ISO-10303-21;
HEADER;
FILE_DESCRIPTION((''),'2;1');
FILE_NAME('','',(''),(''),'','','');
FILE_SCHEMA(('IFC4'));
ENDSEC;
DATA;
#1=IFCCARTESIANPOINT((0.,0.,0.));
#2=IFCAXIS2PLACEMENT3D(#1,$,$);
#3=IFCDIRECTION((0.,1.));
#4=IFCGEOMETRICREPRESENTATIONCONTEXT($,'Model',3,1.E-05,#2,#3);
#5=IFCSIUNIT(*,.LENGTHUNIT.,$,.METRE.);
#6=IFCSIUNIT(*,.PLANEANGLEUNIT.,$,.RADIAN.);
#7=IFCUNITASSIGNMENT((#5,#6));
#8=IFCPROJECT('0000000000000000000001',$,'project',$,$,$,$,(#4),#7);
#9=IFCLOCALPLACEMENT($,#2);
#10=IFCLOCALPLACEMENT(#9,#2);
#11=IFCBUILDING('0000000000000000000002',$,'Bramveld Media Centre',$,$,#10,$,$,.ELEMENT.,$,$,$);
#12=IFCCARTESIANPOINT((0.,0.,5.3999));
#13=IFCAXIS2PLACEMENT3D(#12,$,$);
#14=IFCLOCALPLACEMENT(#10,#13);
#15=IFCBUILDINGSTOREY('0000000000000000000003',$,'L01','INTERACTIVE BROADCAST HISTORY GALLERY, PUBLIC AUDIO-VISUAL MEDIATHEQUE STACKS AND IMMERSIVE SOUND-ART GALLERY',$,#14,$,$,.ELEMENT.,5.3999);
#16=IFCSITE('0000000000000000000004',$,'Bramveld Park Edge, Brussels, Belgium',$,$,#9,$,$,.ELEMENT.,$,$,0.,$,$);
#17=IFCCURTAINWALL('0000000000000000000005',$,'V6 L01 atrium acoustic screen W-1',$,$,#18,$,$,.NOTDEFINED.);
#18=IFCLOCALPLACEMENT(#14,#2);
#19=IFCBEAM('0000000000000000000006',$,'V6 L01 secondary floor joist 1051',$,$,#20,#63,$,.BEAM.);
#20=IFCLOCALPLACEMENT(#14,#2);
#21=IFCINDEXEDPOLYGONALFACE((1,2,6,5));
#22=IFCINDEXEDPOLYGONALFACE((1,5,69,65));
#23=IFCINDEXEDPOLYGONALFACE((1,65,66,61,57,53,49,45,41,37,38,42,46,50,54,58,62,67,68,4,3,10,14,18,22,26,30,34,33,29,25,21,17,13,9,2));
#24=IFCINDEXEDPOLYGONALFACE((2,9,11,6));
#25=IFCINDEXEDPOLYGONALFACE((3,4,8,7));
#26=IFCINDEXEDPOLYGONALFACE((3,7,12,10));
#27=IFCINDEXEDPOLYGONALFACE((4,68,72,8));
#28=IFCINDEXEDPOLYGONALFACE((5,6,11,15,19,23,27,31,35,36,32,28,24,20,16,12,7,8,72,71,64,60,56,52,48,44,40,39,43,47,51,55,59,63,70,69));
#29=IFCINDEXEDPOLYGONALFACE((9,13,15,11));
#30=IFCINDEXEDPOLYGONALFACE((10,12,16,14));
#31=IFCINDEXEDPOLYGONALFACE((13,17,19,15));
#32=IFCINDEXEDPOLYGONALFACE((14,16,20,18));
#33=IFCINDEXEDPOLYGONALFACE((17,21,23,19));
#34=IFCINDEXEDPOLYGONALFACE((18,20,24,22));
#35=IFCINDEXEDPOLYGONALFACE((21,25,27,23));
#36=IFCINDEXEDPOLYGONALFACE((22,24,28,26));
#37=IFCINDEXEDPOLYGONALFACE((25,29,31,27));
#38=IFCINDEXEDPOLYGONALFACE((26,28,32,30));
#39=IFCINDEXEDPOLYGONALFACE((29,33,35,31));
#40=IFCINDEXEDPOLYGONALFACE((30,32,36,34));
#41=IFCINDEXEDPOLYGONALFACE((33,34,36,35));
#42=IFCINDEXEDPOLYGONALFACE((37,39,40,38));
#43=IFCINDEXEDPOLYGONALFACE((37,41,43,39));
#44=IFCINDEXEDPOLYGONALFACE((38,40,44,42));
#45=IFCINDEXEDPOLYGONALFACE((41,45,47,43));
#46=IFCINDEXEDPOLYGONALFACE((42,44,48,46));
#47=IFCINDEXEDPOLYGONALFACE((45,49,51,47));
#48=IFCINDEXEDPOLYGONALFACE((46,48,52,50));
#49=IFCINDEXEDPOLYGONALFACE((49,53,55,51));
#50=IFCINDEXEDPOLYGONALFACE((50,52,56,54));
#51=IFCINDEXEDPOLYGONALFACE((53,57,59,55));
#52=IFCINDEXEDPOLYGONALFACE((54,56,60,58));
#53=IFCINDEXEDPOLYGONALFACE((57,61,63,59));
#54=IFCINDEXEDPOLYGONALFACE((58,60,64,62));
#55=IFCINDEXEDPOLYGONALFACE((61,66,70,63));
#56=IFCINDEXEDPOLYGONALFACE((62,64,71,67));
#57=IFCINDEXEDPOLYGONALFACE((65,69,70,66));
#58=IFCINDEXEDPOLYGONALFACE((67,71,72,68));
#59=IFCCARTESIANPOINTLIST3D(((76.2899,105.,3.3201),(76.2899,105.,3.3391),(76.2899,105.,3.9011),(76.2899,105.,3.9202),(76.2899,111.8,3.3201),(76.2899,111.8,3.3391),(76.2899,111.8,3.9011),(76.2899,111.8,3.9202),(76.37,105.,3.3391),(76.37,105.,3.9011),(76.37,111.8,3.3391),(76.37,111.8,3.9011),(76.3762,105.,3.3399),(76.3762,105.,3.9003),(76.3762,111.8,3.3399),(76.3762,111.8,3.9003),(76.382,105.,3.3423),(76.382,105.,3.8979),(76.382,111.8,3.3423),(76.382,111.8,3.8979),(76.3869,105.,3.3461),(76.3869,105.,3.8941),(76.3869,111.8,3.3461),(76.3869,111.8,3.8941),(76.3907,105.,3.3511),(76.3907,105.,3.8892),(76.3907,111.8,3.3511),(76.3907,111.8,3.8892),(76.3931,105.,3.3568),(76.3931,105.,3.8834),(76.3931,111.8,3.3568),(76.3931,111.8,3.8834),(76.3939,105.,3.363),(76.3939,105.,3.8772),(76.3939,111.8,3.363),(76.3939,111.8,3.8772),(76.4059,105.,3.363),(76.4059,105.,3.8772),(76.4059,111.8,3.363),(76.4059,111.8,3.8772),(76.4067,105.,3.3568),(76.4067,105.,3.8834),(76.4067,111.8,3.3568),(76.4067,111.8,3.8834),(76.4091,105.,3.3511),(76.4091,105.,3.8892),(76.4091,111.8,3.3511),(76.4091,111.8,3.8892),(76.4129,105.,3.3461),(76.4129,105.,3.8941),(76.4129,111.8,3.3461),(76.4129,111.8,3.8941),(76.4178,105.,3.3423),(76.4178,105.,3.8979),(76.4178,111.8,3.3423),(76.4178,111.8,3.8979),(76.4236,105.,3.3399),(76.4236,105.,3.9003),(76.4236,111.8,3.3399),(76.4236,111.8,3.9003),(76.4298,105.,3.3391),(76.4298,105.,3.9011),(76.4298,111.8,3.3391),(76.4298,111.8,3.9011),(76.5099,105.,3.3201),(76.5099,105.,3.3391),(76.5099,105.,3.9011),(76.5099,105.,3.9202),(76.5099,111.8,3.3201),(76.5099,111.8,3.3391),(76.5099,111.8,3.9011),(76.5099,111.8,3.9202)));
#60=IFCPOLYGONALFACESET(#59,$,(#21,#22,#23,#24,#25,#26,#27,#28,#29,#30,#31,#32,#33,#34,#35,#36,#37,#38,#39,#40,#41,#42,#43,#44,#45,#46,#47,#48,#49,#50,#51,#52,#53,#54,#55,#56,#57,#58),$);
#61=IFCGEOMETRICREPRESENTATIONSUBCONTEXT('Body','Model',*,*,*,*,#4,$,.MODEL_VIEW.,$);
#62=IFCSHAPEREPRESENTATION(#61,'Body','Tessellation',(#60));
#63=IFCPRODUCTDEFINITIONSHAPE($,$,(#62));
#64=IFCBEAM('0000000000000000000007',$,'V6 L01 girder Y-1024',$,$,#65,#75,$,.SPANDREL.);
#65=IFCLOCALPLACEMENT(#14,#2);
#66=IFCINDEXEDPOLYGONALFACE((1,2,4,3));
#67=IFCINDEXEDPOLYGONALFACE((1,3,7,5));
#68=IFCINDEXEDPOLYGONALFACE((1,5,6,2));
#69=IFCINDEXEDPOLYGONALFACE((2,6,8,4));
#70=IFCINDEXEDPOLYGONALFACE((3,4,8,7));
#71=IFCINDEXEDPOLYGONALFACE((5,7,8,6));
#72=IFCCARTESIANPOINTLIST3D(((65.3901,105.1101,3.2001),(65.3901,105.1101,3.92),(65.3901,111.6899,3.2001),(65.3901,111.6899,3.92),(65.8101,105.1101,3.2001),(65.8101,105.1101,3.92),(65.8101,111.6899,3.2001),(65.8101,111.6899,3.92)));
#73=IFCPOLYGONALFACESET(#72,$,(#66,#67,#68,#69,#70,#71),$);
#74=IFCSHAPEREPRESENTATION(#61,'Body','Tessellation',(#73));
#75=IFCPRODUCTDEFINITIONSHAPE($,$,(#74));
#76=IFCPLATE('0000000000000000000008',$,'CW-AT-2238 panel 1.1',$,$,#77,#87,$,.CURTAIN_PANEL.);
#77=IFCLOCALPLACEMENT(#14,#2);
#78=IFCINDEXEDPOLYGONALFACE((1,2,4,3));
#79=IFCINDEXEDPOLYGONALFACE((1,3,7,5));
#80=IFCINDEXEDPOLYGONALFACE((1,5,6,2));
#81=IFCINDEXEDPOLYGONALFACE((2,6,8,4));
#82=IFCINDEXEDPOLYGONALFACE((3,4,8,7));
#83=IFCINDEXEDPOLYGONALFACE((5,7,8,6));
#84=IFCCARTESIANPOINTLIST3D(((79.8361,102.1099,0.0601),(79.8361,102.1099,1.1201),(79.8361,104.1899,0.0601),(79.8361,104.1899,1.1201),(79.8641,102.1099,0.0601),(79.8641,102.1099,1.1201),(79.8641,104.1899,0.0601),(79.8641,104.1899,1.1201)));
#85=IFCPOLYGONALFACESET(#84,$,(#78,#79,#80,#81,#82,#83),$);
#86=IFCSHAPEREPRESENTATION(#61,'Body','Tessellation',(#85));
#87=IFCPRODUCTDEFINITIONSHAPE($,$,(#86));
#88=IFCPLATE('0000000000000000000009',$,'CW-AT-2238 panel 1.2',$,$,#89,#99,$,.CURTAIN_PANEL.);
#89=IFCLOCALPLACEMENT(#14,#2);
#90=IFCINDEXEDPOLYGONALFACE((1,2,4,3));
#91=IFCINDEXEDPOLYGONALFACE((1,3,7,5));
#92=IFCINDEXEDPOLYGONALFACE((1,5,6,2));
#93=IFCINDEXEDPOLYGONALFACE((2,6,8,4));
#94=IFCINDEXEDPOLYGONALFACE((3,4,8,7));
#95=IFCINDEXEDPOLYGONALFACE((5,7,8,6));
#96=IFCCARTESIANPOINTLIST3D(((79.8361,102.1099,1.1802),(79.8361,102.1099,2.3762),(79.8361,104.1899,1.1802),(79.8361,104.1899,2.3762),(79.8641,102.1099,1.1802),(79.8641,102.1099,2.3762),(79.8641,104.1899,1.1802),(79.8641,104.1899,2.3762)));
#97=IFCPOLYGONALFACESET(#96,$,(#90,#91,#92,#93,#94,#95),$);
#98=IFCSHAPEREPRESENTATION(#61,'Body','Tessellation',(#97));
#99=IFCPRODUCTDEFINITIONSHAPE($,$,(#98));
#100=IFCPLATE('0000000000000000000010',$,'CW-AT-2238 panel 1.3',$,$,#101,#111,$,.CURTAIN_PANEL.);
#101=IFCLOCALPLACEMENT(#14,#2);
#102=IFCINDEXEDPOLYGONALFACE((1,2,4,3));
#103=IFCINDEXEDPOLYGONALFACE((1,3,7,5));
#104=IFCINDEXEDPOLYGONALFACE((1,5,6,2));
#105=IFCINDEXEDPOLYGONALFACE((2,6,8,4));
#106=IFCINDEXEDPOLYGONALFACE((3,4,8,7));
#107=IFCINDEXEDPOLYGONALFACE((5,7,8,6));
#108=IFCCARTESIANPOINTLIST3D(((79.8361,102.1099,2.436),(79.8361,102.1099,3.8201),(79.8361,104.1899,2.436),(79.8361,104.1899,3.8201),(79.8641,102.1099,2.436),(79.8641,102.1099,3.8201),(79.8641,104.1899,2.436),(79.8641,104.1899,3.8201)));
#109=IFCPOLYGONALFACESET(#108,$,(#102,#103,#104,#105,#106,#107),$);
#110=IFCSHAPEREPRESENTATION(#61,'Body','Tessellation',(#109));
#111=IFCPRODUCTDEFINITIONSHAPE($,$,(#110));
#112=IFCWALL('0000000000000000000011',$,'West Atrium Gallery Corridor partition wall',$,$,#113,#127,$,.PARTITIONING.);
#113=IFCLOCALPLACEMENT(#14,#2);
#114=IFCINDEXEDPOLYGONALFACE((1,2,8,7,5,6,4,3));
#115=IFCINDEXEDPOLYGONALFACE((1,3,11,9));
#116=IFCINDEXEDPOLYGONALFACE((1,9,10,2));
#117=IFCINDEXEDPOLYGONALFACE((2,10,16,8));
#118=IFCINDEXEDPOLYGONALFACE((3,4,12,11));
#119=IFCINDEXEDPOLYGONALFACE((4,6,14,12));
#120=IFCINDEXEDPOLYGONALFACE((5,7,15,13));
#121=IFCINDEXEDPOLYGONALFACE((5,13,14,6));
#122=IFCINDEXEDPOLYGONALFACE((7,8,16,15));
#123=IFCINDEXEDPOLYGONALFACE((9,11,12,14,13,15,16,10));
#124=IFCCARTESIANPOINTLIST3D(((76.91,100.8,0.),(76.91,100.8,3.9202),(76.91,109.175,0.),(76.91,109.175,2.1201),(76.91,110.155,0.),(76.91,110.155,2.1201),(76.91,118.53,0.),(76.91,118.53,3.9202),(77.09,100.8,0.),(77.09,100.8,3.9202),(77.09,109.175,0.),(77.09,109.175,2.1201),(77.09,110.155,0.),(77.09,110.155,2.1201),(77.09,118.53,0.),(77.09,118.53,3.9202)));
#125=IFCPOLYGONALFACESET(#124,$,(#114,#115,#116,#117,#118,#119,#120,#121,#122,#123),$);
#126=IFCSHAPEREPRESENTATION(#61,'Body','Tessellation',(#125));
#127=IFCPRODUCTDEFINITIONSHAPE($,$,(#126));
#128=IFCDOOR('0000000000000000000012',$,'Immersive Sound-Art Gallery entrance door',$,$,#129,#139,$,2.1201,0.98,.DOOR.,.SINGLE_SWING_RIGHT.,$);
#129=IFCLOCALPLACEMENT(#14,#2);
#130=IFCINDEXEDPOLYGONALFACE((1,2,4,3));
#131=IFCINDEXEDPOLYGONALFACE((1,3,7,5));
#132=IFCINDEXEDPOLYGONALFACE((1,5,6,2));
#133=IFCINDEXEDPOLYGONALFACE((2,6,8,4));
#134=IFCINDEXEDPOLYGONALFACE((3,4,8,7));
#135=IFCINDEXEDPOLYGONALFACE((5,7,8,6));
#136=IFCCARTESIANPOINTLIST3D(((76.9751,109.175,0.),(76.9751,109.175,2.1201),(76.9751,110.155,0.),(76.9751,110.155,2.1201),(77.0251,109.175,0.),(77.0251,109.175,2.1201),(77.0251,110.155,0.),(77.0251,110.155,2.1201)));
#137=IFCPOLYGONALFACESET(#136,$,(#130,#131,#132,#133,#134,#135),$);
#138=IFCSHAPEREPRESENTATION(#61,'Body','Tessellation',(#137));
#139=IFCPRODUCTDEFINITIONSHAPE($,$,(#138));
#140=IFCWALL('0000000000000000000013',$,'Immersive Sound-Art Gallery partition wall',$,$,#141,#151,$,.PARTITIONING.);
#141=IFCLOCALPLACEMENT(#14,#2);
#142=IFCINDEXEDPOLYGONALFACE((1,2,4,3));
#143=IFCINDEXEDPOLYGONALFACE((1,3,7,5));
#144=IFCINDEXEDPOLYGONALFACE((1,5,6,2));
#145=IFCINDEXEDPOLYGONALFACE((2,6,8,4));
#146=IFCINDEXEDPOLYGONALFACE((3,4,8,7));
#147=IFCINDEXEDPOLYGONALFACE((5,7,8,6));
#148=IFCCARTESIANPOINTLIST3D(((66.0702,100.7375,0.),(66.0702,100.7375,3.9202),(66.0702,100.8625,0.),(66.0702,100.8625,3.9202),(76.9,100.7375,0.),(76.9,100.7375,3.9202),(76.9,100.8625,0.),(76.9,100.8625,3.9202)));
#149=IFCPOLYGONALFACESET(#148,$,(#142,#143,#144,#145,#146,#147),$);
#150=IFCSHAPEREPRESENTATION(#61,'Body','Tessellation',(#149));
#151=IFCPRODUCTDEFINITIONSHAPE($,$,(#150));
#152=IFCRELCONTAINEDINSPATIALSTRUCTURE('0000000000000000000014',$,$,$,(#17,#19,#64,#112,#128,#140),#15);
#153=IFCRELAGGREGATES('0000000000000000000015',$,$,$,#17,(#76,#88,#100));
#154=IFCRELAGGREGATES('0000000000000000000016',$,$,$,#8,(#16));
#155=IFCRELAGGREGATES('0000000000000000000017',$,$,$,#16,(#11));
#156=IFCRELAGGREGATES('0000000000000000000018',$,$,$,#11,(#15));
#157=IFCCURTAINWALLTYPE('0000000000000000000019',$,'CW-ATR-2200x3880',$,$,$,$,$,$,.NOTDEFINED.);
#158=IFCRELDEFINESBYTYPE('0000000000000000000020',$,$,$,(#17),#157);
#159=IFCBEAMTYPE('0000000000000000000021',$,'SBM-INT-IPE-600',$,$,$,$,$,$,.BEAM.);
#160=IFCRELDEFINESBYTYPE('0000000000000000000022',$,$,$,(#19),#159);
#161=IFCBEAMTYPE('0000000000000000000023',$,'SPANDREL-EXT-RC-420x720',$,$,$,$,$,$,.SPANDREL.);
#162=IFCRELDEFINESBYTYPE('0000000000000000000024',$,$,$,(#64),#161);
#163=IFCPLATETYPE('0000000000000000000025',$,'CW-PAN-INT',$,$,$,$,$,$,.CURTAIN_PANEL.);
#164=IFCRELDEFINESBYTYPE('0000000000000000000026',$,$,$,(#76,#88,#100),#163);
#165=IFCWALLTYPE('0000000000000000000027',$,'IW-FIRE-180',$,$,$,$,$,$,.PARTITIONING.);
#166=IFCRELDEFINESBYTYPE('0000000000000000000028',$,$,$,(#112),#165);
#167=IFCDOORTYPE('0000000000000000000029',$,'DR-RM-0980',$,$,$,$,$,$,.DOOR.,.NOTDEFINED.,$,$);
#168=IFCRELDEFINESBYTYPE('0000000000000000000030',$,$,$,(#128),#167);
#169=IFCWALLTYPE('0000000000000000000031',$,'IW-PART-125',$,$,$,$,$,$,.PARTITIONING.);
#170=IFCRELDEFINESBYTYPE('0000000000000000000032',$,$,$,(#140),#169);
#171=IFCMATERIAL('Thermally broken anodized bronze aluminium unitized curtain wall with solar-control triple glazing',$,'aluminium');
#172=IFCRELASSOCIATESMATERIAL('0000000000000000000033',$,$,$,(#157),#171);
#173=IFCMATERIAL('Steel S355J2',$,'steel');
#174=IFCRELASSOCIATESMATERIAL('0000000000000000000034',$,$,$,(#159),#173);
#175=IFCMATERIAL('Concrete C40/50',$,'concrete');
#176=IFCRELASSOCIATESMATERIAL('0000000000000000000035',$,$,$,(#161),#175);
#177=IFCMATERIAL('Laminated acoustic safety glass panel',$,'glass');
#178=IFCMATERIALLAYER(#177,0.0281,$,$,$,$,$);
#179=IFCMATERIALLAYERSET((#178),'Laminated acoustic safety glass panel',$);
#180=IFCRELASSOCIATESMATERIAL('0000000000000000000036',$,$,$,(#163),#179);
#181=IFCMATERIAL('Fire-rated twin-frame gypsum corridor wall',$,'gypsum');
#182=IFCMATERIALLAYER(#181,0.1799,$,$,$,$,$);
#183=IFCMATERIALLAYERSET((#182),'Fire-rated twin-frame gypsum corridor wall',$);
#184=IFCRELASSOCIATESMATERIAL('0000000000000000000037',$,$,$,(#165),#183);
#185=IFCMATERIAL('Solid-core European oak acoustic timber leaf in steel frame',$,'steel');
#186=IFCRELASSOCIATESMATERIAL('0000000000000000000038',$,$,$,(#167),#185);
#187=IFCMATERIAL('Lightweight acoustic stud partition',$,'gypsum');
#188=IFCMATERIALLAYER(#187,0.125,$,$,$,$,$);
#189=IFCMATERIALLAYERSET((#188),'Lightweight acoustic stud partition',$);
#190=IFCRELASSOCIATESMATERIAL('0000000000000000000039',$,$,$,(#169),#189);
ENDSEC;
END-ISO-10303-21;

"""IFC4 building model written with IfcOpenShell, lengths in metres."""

from ifc_helpers import new_model, si_unit, direction, frame, frame_2d, origin, origin_2d, place, context, subcontext, project, spatial, rectangle, i_section, extrude, material, layer, layer_set, material_profile, profile_set, type_object, element, fill, aggregate, save


model = new_model("IFC4")

# Units and contexts
model_context = context("Model", 3, precision=1e-05, world=origin(), true_north=direction((0.0, 1.0)))
body_context = subcontext(model_context, "Body", "Model", "MODEL_VIEW")
ifc_project = project(units=[si_unit("LENGTHUNIT", "METRE"), si_unit("PLANEANGLEUNIT", "RADIAN")], contexts=[model_context])

# Site, building, storey
site_placement = place(None, origin())
site = spatial("IfcSite", under=ifc_project, at=site_placement, Name="Bramveld Park Edge, Brussels, Belgium", CompositionType="ELEMENT", RefElevation=0.0)
building_placement = place(site_placement, origin())
building = spatial("IfcBuilding", under=site, at=building_placement, Name="Bramveld Media Centre", CompositionType="ELEMENT")
storey_placement = place(building_placement, frame((0.0, 0.0, 5.3999)))
storey = spatial("IfcBuildingStorey", under=building, at=storey_placement, Name="L01", Description="INTERACTIVE BROADCAST HISTORY GALLERY, PUBLIC AUDIO-VISUAL MEDIATHEQUE STACKS AND IMMERSIVE SOUND-ART GALLERY", CompositionType="ELEMENT", Elevation=5.3999)

# Curtain wall
ifc_material_1 = material(Name="Thermally broken anodized bronze aluminium unitized curtain wall with solar-control triple glazing", Category="aluminium")
curtain_wall_type_1 = type_object("IfcCurtainWallType", Name="CW-ATR-2200x3880", PredefinedType="NOTDEFINED", material=ifc_material_1)
curtain_wall_1_placement = place(storey_placement, origin())
curtain_wall_1 = element("IfcCurtainWall", 1, at=curtain_wall_1_placement, inside=storey, type_object=curtain_wall_type_1, Name="V6 L01 atrium acoustic screen W-1", PredefinedType="NOTDEFINED")

# Beams
ifc_material_2 = material(Name="Steel S355J2", Category="steel")
ifc_material_profile_1 = material_profile(ifc_material_2, i_section(OverallWidth=0.22, OverallDepth=0.6001, WebThickness=0.012, FlangeThickness=0.019, FilletRadius=0.0239, at=origin_2d()), Name="IPE 600")
ifc_profile_set_1 = profile_set([ifc_material_profile_1], Name="Steel S355J2")
beam_type_1 = type_object("IfcBeamType", Name="SBM-INT-IPE-600", PredefinedType="BEAM", material=ifc_profile_set_1)
beam_1_placement = place(storey_placement, frame((76.3999, 105.0, 3.6201), z_axis=(0.0, 1.0, 0.0), x_axis=(-1.0, 0.0, 0.0)))
element("IfcBeam", 2, at=beam_1_placement, inside=storey, type_object=beam_type_1, Name="V6 L01 secondary floor joist 1051", PredefinedType="BEAM", context=body_context, shape_type="SweptSolid", body=[
    extrude(i_section(OverallWidth=0.22, OverallDepth=0.6001, WebThickness=0.012, FlangeThickness=0.019, FilletRadius=0.0239, at=origin_2d()), origin(), (0.0, 0.0, 1.0), 6.8),
])
ifc_material_3 = material(Name="Concrete C40/50", Category="concrete")
ifc_material_profile_2 = material_profile(ifc_material_3, rectangle(XDim=0.4199, YDim=0.72, at=origin_2d()), Name="RC 420x720")
ifc_profile_set_2 = profile_set([ifc_material_profile_2], Name="Concrete C40/50")
beam_type_2 = type_object("IfcBeamType", Name="SPANDREL-EXT-RC-420x720", PredefinedType="SPANDREL", material=ifc_profile_set_2)
beam_2_placement = place(storey_placement, frame((65.6001, 105.1101, 3.5601), z_axis=(0.0, 1.0, 0.0), x_axis=(-1.0, 0.0, 0.0)))
element("IfcBeam", 3, at=beam_2_placement, inside=storey, type_object=beam_type_2, Name="V6 L01 girder Y-1024", PredefinedType="SPANDREL", context=body_context, shape_type="SweptSolid", body=[
    extrude(rectangle(XDim=0.4199, YDim=0.72, at=origin_2d()), origin(), (0.0, 0.0, 1.0), 6.5798),
])

# Plates
ifc_material_4 = material(Name="Laminated acoustic safety glass panel", Category="glass")
ifc_layer_1 = layer(ifc_material_4, 0.0281)
ifc_layer_set_1 = layer_set([ifc_layer_1], Name="Laminated acoustic safety glass panel")
plate_type = type_object("IfcPlateType", Name="CW-PAN-INT", PredefinedType="CURTAIN_PANEL", material=ifc_layer_set_1)
plate_1_placement = place(storey_placement, frame((79.8501, 103.1499, 0.0601), z_axis=(0.0, 0.0, 1.0), x_axis=(0.0, 1.0, 0.0)))
plate_1 = element("IfcPlate", 4, at=plate_1_placement, type_object=plate_type, Name="CW-AT-2238 panel 1.1", PredefinedType="CURTAIN_PANEL", context=body_context, shape_type="SweptSolid", body=[
    extrude(rectangle(XDim=2.0801, YDim=0.0281, at=origin_2d()), origin(), (0.0, 0.0, 1.0), 1.0601),
])
plate_2_placement = place(storey_placement, frame((79.8501, 103.1499, 1.1802), z_axis=(0.0, 0.0, 1.0), x_axis=(0.0, 1.0, 0.0)))
plate_2 = element("IfcPlate", 5, at=plate_2_placement, type_object=plate_type, Name="CW-AT-2238 panel 1.2", PredefinedType="CURTAIN_PANEL", context=body_context, shape_type="SweptSolid", body=[
    extrude(rectangle(XDim=2.0801, YDim=0.0281, at=origin_2d()), origin(), (0.0, 0.0, 1.0), 1.196),
])
plate_3_placement = place(storey_placement, frame((79.8501, 103.1499, 2.436), z_axis=(0.0, 0.0, 1.0), x_axis=(0.0, 1.0, 0.0)))
plate_3 = element("IfcPlate", 6, at=plate_3_placement, type_object=plate_type, Name="CW-AT-2238 panel 1.3", PredefinedType="CURTAIN_PANEL", context=body_context, shape_type="SweptSolid", body=[
    extrude(rectangle(XDim=2.0801, YDim=0.0281, at=origin_2d()), origin(), (0.0, 0.0, 1.0), 1.384),
])
aggregate(curtain_wall_1, [plate_1, plate_2, plate_3])

# Wall, opening, door
ifc_material_5 = material(Name="Fire-rated twin-frame gypsum corridor wall", Category="gypsum")
ifc_layer_2 = layer(ifc_material_5, 0.1799)
ifc_layer_set_2 = layer_set([ifc_layer_2], Name="Fire-rated twin-frame gypsum corridor wall")
wall_type_1 = type_object("IfcWallType", Name="IW-FIRE-180", PredefinedType="PARTITIONING", material=ifc_layer_set_2)
wall_1_placement = place(storey_placement, frame((77.0, 100.8, 0.0), z_axis=(0.0, 0.0, 1.0), x_axis=(0.0, 1.0, 0.0)))
wall_1 = element("IfcWall", 7, at=wall_1_placement, inside=storey, type_object=wall_type_1, Name="West Atrium Gallery Corridor partition wall", PredefinedType="PARTITIONING", context=body_context, shape_type="SweptSolid", body=[
    extrude(rectangle(XDim=17.73, YDim=0.1799, at=frame_2d((8.865, 0.0))), origin(), (0.0, 0.0, 1.0), 3.9202),
])
opening_placement = place(wall_1_placement, frame((8.375, 0.0, 0.0)))
opening = element("IfcOpeningElement", 8, at=opening_placement, cuts=wall_1, PredefinedType="OPENING", context=body_context, shape_type="SweptSolid", body=[
    extrude(rectangle(XDim=0.98, YDim=2.1201, at=frame_2d((0.49, 1.0601))), frame((0.0, 0.1021, 0.0), z_axis=(0.0, -1.0, 0.0), x_axis=(1.0, 0.0, 0.0)), (0.0, 0.0, 1.0), 0.2039),
])
ifc_material_6 = material(Name="Solid-core European oak acoustic timber leaf in steel frame", Category="steel")
door_type = type_object("IfcDoorType", Name="DR-RM-0980", OperationType="NOTDEFINED", PredefinedType="DOOR", material=ifc_material_6)
door_placement = place(opening_placement, origin())
door = element("IfcDoor", 9, at=door_placement, inside=storey, type_object=door_type, Name="Immersive Sound-Art Gallery entrance door", OperationType="SINGLE_SWING_RIGHT", OverallHeight=2.1201, OverallWidth=0.98, PredefinedType="DOOR", context=body_context, shape_type="SweptSolid", body=[
    extrude(rectangle(XDim=0.98, YDim=2.1201, at=frame_2d((0.49, 1.0601))), frame((0.0, 0.0249, 0.0), z_axis=(0.0, -1.0, 0.0), x_axis=(1.0, 0.0, 0.0)), (0.0, 0.0, 1.0), 0.05),
])
fill(opening, door)

# Wall
ifc_material_7 = material(Name="Lightweight acoustic stud partition", Category="gypsum")
ifc_layer_3 = layer(ifc_material_7, 0.125)
ifc_layer_set_3 = layer_set([ifc_layer_3], Name="Lightweight acoustic stud partition")
wall_type_2 = type_object("IfcWallType", Name="IW-PART-125", PredefinedType="PARTITIONING", material=ifc_layer_set_3)
wall_2_placement = place(storey_placement, frame((66.0701, 100.8, 0.0), z_axis=(0.0, 0.0, 1.0), x_axis=(1.0, 0.0, 0.0)))
element("IfcWall", 10, at=wall_2_placement, inside=storey, type_object=wall_type_2, Name="Immersive Sound-Art Gallery partition wall", PredefinedType="PARTITIONING", context=body_context, shape_type="SweptSolid", body=[
    extrude(rectangle(XDim=10.8298, YDim=0.125, at=frame_2d((5.415, 0.0))), origin(), (0.0, 0.0, 1.0), 3.9202),
])

save(model, "model.ifc")
